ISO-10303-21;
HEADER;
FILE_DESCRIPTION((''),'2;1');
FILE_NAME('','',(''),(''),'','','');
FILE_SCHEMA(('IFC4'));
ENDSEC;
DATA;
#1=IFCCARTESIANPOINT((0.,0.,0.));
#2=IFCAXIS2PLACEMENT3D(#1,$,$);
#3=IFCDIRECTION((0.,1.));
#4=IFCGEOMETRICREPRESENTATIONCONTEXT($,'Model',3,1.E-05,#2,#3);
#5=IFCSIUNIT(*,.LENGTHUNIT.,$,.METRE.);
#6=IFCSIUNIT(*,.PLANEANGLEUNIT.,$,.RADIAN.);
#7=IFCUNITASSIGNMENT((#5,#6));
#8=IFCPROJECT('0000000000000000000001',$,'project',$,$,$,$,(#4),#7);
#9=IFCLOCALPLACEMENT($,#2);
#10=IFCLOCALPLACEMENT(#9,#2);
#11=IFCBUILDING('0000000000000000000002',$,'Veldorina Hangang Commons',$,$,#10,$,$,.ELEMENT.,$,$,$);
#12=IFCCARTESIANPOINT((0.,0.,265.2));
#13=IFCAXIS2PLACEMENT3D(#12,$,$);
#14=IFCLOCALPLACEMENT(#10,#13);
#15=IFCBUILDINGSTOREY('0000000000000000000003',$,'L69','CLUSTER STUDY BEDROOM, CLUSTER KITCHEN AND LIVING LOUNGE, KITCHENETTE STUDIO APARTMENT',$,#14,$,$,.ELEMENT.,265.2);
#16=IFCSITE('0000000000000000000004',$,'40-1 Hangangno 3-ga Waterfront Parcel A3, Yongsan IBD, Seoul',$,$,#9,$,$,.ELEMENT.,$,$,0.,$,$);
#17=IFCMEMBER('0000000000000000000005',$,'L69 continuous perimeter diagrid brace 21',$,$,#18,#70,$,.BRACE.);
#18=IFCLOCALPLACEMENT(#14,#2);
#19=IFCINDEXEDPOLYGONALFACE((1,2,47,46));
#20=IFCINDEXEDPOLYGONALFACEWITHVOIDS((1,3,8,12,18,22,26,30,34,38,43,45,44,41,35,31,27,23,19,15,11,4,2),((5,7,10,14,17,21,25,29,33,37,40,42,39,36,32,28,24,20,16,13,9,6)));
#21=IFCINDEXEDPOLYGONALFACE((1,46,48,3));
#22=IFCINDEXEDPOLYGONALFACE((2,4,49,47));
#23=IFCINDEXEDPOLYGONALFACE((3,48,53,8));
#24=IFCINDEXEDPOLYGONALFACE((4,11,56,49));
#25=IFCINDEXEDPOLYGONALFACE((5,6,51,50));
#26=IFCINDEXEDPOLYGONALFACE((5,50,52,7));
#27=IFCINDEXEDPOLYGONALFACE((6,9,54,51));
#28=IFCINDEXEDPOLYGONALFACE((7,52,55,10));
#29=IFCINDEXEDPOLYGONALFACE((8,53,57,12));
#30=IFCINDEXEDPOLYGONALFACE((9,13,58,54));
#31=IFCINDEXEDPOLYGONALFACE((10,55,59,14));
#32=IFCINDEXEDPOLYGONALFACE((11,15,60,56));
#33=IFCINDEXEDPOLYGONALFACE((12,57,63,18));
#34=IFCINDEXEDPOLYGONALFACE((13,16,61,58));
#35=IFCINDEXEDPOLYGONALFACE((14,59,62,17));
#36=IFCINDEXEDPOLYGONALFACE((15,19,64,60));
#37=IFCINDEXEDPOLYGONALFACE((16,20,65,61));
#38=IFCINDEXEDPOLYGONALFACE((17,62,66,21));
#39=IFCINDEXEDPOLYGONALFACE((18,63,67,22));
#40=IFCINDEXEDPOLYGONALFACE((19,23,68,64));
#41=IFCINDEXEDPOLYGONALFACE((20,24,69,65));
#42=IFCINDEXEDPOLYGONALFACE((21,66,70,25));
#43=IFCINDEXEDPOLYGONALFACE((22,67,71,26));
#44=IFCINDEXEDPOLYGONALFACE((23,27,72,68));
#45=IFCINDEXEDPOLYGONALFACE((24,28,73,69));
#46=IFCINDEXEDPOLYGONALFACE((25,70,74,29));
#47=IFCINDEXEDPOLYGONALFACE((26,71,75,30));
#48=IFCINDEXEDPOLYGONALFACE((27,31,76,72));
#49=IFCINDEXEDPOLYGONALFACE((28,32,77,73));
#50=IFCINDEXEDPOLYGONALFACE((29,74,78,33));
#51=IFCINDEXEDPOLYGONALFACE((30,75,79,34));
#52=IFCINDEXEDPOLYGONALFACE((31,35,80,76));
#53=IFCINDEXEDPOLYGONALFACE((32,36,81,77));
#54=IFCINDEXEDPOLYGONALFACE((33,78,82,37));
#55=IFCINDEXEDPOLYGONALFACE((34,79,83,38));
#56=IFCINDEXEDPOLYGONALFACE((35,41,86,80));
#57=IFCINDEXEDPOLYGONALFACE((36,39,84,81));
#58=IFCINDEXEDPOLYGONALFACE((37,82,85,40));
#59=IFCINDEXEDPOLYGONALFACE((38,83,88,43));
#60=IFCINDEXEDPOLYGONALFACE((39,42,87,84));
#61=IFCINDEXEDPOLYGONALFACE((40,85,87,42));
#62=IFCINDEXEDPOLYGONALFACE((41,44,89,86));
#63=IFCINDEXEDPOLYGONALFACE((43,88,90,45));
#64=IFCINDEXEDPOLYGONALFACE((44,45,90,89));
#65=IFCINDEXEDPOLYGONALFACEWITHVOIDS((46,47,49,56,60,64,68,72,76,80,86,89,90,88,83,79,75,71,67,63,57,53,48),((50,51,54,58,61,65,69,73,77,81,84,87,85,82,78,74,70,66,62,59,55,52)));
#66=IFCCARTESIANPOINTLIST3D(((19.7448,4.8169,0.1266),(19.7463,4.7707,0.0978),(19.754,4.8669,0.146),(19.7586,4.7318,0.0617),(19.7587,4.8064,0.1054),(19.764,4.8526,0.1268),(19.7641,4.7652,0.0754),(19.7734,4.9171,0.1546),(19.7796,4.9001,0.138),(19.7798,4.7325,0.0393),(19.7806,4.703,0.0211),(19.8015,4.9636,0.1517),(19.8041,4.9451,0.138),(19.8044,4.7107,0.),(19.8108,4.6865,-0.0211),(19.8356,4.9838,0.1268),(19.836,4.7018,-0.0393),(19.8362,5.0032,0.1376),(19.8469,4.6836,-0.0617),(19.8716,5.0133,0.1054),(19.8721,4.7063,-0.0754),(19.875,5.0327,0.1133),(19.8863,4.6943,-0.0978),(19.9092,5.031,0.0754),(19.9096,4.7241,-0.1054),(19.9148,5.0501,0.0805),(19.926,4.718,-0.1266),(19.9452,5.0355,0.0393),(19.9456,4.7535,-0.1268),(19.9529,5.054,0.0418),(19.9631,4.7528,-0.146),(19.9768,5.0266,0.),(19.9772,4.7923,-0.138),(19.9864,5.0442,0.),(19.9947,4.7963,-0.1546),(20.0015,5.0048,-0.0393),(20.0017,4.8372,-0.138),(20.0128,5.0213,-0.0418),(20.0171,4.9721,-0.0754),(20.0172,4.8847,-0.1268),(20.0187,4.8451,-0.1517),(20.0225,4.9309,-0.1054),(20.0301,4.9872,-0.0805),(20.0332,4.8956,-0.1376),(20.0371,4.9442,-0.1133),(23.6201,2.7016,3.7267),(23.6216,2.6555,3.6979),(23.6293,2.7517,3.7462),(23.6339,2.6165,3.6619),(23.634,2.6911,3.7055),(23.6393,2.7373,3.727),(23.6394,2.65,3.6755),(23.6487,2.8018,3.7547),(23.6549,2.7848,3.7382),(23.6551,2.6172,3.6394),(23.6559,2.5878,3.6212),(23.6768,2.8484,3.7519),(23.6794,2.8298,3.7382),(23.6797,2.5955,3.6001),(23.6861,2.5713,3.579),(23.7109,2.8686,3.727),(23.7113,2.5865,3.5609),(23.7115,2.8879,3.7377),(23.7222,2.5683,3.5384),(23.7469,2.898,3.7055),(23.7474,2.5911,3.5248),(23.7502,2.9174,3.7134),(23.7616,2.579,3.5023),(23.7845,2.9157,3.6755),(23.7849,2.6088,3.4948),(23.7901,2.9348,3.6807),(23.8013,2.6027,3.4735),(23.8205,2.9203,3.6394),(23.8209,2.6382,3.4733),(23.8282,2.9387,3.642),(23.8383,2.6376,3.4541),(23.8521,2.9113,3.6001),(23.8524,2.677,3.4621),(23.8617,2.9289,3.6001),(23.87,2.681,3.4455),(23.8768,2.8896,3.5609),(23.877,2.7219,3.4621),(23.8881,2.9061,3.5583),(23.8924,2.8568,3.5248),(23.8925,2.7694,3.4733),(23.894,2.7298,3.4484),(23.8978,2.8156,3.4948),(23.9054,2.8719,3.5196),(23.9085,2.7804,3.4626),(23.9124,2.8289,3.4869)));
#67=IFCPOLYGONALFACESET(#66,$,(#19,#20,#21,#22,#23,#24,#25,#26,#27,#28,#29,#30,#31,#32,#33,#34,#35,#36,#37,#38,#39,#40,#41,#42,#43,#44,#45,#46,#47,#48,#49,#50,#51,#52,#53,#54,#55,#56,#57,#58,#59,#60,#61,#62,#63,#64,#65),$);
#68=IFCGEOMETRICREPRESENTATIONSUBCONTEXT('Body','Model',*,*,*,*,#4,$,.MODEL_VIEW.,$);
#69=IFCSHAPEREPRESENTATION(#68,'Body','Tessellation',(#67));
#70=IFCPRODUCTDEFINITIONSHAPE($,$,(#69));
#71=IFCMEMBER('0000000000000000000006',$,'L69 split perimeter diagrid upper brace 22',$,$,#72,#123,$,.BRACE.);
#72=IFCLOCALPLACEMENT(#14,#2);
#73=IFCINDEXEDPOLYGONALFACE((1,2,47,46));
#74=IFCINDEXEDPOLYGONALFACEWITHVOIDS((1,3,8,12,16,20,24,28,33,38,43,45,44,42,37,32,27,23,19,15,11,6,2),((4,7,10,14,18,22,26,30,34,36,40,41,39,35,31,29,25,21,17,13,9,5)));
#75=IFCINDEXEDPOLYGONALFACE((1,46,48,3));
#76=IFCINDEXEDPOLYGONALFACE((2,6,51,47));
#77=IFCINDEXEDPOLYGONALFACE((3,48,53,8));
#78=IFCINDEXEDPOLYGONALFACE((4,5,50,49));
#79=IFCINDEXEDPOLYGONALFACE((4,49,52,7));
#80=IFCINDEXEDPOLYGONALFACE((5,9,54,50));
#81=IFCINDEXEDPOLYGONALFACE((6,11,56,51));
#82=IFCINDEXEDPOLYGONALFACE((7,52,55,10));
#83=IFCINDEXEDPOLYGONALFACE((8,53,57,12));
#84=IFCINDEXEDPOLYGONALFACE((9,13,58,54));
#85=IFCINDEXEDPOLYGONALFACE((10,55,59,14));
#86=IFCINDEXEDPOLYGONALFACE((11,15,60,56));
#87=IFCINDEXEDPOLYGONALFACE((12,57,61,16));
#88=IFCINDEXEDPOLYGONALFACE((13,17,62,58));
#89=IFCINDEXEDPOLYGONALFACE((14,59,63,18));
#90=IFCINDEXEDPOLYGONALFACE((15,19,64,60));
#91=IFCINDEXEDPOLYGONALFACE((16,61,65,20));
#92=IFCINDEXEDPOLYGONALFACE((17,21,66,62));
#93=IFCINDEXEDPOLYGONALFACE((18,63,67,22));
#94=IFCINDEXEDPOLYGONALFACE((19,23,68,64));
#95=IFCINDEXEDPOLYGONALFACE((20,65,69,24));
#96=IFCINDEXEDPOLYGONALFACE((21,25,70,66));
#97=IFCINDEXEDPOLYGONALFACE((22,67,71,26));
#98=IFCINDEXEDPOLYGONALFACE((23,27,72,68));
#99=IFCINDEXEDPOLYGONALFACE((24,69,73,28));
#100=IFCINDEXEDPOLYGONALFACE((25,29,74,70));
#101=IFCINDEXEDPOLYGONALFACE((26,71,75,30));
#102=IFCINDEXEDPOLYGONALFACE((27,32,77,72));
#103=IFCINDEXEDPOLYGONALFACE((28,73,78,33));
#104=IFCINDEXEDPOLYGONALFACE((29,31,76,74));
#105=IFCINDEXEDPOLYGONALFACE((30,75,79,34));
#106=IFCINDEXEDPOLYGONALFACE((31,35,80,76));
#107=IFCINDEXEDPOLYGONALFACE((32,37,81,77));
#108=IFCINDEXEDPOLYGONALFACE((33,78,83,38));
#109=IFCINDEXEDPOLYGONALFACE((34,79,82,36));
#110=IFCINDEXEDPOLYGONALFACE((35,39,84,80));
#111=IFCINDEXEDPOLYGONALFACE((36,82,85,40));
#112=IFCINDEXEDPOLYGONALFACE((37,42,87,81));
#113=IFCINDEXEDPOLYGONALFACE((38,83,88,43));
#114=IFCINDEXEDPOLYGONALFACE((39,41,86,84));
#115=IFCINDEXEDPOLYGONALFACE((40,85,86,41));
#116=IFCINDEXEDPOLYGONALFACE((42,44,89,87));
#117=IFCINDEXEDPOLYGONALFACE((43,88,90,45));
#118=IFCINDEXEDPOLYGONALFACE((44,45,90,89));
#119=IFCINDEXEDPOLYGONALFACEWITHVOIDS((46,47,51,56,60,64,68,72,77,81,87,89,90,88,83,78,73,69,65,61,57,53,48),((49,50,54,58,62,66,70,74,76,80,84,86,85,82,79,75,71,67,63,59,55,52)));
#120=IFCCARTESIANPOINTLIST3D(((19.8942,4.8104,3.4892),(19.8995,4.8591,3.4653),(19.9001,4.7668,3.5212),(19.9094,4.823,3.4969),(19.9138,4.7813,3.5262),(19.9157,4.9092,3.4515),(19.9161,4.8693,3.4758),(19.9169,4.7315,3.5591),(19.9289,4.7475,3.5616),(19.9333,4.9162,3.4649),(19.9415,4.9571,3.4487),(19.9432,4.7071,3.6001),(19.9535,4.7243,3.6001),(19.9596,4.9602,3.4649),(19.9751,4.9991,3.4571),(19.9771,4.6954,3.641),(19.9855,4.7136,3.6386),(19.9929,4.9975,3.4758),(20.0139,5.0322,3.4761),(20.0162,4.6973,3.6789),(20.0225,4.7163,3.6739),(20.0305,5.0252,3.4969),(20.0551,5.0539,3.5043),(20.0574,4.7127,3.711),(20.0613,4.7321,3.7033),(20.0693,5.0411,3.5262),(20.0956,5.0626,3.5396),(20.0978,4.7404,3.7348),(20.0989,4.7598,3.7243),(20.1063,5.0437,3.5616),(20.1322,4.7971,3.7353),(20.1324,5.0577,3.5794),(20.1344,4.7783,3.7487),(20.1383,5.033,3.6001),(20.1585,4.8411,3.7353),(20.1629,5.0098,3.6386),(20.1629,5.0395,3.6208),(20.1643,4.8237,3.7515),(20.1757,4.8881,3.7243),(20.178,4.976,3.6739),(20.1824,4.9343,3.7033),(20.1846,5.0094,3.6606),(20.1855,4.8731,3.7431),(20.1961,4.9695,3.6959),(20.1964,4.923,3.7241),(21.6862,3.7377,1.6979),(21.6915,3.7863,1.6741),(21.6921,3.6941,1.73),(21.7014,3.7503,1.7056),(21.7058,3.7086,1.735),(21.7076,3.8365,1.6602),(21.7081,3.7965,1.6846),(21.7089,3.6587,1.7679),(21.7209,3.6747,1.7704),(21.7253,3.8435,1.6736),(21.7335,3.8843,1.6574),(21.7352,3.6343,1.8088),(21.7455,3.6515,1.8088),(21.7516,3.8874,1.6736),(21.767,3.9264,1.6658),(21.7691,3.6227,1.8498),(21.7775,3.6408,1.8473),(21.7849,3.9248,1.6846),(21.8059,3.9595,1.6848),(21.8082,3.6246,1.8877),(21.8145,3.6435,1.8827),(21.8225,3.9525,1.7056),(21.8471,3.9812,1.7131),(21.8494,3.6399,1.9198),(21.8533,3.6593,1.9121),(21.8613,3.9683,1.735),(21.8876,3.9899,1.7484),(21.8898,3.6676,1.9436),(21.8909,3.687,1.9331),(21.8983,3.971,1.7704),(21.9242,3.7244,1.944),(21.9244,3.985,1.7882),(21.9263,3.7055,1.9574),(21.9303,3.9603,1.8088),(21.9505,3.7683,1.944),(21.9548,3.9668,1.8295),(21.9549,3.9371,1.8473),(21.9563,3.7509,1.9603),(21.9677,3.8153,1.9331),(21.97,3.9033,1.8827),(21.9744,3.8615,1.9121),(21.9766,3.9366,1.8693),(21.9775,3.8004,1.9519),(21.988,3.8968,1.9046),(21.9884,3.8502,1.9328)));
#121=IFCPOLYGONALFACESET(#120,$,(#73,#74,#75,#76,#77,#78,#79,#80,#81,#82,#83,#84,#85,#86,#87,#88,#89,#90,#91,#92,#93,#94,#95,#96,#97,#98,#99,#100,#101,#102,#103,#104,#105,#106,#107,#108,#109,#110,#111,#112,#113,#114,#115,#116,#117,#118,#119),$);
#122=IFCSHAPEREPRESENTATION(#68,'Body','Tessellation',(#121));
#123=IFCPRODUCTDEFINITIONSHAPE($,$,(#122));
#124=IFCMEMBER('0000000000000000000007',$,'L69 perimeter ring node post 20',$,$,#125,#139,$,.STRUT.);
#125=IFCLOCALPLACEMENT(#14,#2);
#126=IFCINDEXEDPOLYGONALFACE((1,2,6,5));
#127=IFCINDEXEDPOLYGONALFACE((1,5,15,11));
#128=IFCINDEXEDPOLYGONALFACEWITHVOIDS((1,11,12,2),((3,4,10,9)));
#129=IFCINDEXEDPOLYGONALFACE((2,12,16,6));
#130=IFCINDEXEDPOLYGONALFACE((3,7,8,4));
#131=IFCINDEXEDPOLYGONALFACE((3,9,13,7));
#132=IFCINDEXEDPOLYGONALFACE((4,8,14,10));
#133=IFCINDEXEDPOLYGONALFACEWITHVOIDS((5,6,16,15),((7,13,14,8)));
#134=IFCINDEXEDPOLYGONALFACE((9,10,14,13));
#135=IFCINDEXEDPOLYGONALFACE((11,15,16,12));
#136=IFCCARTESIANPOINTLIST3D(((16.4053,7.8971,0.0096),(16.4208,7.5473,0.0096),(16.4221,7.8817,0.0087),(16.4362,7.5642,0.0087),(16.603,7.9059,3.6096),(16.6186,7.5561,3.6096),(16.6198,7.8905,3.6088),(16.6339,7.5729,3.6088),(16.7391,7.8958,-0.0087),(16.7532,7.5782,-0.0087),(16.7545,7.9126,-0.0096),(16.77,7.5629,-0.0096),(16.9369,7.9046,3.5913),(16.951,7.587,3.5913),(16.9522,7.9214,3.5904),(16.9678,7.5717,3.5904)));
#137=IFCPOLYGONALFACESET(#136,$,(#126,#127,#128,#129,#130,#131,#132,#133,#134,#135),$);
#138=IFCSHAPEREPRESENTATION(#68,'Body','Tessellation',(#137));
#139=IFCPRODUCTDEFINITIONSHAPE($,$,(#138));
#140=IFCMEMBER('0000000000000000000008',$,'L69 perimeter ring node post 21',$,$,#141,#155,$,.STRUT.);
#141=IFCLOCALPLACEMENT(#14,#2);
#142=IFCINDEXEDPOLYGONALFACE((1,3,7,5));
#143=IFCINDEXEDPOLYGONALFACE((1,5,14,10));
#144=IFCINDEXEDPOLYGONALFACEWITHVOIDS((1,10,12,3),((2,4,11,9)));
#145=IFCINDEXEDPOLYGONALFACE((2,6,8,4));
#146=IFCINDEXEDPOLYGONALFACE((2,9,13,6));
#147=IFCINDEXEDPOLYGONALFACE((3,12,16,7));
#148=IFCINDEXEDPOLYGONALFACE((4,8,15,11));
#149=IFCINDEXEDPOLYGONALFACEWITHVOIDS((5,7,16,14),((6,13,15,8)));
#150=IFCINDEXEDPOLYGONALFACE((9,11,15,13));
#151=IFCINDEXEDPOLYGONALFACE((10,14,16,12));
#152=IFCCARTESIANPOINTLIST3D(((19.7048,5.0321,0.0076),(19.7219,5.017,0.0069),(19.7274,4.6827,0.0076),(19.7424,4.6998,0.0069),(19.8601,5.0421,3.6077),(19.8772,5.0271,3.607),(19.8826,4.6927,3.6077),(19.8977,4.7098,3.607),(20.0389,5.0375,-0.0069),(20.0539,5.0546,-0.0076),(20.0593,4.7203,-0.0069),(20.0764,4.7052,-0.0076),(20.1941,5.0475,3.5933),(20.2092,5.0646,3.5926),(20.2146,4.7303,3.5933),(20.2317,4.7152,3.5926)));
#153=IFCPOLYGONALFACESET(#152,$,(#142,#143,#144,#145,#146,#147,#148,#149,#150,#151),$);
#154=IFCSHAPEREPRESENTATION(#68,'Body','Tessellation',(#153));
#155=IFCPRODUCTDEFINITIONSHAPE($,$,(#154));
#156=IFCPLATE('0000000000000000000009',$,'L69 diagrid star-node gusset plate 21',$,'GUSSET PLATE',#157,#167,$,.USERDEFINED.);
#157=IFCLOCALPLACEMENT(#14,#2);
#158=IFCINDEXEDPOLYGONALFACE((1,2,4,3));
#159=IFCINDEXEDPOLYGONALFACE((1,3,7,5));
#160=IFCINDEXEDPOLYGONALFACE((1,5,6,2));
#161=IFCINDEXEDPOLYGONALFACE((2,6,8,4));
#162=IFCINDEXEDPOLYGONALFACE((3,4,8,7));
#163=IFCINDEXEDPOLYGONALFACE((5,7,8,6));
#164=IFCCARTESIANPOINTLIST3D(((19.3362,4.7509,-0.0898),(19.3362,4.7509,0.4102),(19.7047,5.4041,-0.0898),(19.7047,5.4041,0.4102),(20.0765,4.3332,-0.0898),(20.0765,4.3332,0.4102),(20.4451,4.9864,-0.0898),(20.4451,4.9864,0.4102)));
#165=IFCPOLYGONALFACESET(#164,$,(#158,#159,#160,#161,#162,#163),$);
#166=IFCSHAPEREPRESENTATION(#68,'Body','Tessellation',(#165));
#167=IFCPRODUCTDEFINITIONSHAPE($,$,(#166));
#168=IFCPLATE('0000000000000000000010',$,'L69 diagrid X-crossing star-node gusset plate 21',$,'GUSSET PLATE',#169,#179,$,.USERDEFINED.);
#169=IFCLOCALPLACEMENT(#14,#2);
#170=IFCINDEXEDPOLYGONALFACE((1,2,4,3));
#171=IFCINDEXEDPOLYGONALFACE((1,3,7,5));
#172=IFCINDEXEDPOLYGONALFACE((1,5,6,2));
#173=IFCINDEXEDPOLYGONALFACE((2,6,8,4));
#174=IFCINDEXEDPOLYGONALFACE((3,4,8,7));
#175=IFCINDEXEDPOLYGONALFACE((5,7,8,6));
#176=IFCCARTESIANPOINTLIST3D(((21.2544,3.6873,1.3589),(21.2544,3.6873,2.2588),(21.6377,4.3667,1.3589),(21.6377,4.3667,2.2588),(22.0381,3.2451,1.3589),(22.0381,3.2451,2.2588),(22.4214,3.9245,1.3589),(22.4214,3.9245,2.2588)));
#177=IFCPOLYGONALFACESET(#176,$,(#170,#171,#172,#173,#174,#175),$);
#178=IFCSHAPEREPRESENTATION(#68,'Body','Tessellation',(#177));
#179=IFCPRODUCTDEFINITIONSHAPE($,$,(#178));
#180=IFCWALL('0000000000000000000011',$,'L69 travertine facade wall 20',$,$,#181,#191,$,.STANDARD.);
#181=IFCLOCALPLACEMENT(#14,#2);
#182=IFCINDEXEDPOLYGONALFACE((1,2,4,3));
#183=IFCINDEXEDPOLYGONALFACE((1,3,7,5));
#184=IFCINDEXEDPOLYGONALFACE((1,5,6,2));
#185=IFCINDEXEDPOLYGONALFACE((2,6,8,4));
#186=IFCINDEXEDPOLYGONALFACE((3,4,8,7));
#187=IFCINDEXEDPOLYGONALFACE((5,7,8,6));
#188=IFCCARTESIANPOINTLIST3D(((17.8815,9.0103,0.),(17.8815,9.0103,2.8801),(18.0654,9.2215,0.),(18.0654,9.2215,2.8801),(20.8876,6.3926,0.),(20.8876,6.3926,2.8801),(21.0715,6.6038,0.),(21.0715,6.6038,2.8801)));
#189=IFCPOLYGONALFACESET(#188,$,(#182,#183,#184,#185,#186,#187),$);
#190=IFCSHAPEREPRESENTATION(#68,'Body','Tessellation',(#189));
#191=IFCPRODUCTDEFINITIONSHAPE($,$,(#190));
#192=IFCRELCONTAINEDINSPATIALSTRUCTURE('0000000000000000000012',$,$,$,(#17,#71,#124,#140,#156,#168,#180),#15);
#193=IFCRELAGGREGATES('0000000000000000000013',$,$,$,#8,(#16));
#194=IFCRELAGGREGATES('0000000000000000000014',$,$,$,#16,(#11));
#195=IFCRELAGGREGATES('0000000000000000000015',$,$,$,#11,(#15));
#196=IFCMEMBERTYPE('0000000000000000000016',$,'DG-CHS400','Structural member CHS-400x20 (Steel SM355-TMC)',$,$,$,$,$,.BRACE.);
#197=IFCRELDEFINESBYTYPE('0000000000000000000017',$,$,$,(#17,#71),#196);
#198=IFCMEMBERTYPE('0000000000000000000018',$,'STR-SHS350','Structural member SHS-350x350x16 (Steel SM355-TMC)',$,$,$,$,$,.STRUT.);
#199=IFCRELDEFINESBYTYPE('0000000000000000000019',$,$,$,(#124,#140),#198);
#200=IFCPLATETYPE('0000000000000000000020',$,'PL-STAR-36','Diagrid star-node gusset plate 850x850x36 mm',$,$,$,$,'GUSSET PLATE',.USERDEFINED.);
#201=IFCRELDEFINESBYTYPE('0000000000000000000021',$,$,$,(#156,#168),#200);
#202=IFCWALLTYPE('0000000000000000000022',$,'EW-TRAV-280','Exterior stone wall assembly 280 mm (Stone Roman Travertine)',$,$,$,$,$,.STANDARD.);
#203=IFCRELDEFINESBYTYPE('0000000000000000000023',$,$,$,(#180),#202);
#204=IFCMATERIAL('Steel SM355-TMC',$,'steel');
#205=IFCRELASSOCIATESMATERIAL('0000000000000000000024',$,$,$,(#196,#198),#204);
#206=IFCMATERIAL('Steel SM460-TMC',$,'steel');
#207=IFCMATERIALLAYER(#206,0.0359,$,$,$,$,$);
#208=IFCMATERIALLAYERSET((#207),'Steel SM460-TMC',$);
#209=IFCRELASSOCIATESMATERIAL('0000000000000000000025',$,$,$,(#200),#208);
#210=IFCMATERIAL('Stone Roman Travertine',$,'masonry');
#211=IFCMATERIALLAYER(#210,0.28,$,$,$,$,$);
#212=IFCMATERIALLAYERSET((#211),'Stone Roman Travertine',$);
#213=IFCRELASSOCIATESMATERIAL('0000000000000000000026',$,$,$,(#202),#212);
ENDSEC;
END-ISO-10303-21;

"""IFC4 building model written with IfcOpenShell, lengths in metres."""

from ifc_helpers import new_model, si_unit, direction, frame, frame_2d, origin, origin_2d, place, context, subcontext, project, spatial, rectangle, hollow_rectangle, hollow_circle, extrude, material, layer, layer_set, material_profile, profile_set, type_object, element, save


model = new_model("IFC4")

# Units and contexts
model_context = context("Model", 3, precision=1e-05, world=origin(), true_north=direction((0.0, 1.0)))
body_context = subcontext(model_context, "Body", "Model", "MODEL_VIEW")
ifc_project = project(units=[si_unit("LENGTHUNIT", "METRE"), si_unit("PLANEANGLEUNIT", "RADIAN")], contexts=[model_context])

# Site, building, storey
site_placement = place(None, origin())
site = spatial("IfcSite", under=ifc_project, at=site_placement, Name="40-1 Hangangno 3-ga Waterfront Parcel A3, Yongsan IBD, Seoul", CompositionType="ELEMENT", RefElevation=0.0)
building_placement = place(site_placement, origin())
building = spatial("IfcBuilding", under=site, at=building_placement, Name="Veldorina Hangang Commons", CompositionType="ELEMENT")
storey_placement = place(building_placement, frame((0.0, 0.0, 265.2)))
storey = spatial("IfcBuildingStorey", under=building, at=storey_placement, Name="L69", Description="CLUSTER STUDY BEDROOM, CLUSTER KITCHEN AND LIVING LOUNGE, KITCHENETTE STUDIO APARTMENT", CompositionType="ELEMENT", Elevation=265.2)

# Shared definitions
ifc_material_1 = material(Name="Steel SM355-TMC", Category="steel")

# Members
ifc_material_profile_1 = material_profile(ifc_material_1, hollow_circle(Radius=0.2, WallThickness=0.02, at=origin_2d()), Name="CHS-400x20")
ifc_profile_set_1 = profile_set([ifc_material_profile_1], Name="Steel SM355-TMC")
member_type_1 = type_object("IfcMemberType", Name="DG-CHS400", Description="Structural member CHS-400x20 (Steel SM355-TMC)", PredefinedType="BRACE", material=ifc_profile_set_1)
member_1_placement = place(storey_placement, frame((19.8906, 4.8687, 0.0), z_axis=(0.680261, -0.371308, 0.631962), x_axis=(0.479108, 0.877756, 0.0)))
element("IfcMember", 1, at=member_1_placement, inside=storey, type_object=member_type_1, Name="L69 continuous perimeter diagrid brace 21", PredefinedType="BRACE", context=body_context, shape_type="SweptSolid", body=[
    extrude(hollow_circle(Radius=0.2, WallThickness=0.02, at=origin_2d()), origin(), (0.0, 0.0, 1.0), 5.6968),
])
member_2_placement = place(storey_placement, frame((21.8379, 3.8059, 1.8088), z_axis=(-0.651283, 0.389882, 0.651017), x_axis=(-0.513636, -0.858008, 0.0)))
element("IfcMember", 2, at=member_2_placement, inside=storey, type_object=member_type_1, Name="L69 split perimeter diagrid upper brace 22", PredefinedType="BRACE", context=body_context, shape_type="SweptSolid", body=[
    extrude(hollow_circle(Radius=0.2, WallThickness=0.02, at=origin_2d()), origin(), (0.0, 0.0, 1.0), 2.7515),
])
ifc_material_profile_2 = material_profile(ifc_material_1, hollow_rectangle(XDim=0.3501, YDim=0.3501, WallThickness=0.0161, at=origin_2d()), Name="SHS-350x350x16")
ifc_profile_set_2 = profile_set([ifc_material_profile_2], Name="Steel SM355-TMC")
member_type_2 = type_object("IfcMemberType", Name="STR-SHS350", Description="Structural member SHS-350x350x16 (Steel SM355-TMC)", PredefinedType="STRUT", material=ifc_profile_set_2)
member_3_placement = place(storey_placement, frame((16.5876, 7.73, 0.0), z_axis=(0.054847, 0.002438, 0.998492), x_axis=(-0.044401, 0.999014, 0.0)))
element("IfcMember", 3, at=member_3_placement, inside=storey, type_object=member_type_2, Name="L69 perimeter ring node post 20", PredefinedType="STRUT", context=body_context, shape_type="SweptSolid", body=[
    extrude(hollow_rectangle(XDim=0.3501, YDim=0.3501, WallThickness=0.0161, at=origin_2d()), origin(), (0.0, 0.0, 1.0), 3.6055),
])
member_4_placement = place(storey_placement, frame((19.8906, 4.8687, 0.0), z_axis=(0.04309, 0.002778, 0.999067), x_axis=(-0.064332, 0.997929, 0.0)))
element("IfcMember", 4, at=member_4_placement, inside=storey, type_object=member_type_2, Name="L69 perimeter ring node post 21", PredefinedType="STRUT", context=body_context, shape_type="SweptSolid", body=[
    extrude(hollow_rectangle(XDim=0.3501, YDim=0.3501, WallThickness=0.0161, at=origin_2d()), origin(), (0.0, 0.0, 1.0), 3.6035),
])

# Plates
ifc_material_2 = material(Name="Steel SM460-TMC", Category="steel")
ifc_layer_1 = layer(ifc_material_2, 0.0359)
ifc_layer_set_1 = layer_set([ifc_layer_1], Name="Steel SM460-TMC")
plate_type = type_object("IfcPlateType", Name="PL-STAR-36", Description="Diagrid star-node gusset plate 850x850x36 mm", ElementType="GUSSET PLATE", PredefinedType="USERDEFINED", material=ifc_layer_set_1)
plate_1_placement = place(storey_placement, frame((19.8906, 4.8687, -0.0898), z_axis=(0.0, 0.0, 1.0), x_axis=(0.870931, -0.491405, 0.0)))
element("IfcPlate", 5, at=plate_1_placement, inside=storey, type_object=plate_type, Name="L69 diagrid star-node gusset plate 21", ObjectType="GUSSET PLATE", PredefinedType="USERDEFINED", context=body_context, shape_type="SweptSolid", body=[
    extrude(rectangle(XDim=0.8501, YDim=0.75, at=origin_2d()), origin(), (0.0, 0.0, 1.0), 0.5),
])
plate_2_placement = place(storey_placement, frame((21.8379, 3.8059, 1.3589), z_axis=(0.0, 0.0, 1.0), x_axis=(0.870931, -0.491405, 0.0)))
element("IfcPlate", 6, at=plate_2_placement, inside=storey, type_object=plate_type, Name="L69 diagrid X-crossing star-node gusset plate 21", ObjectType="GUSSET PLATE", PredefinedType="USERDEFINED", context=body_context, shape_type="SweptSolid", body=[
    extrude(rectangle(XDim=0.8999, YDim=0.78, at=origin_2d()), origin(), (0.0, 0.0, 1.0), 0.8999),
])

# Wall
ifc_material_3 = material(Name="Stone Roman Travertine", Category="masonry")
ifc_layer_2 = layer(ifc_material_3, 0.28)
ifc_layer_set_2 = layer_set([ifc_layer_2], Name="Stone Roman Travertine")
wall_type_1 = type_object("IfcWallType", Name="EW-TRAV-280", Description="Exterior stone wall assembly 280 mm (Stone Roman Travertine)", PredefinedType="STANDARD", material=ifc_layer_set_2)
wall_1_placement = place(storey_placement, frame((17.9734, 9.116, 0.0), z_axis=(0.0, 0.0, 1.0), x_axis=(0.754149, -0.656703, 0.0)))
element("IfcWall", 7, at=wall_1_placement, inside=storey, type_object=wall_type_1, Name="L69 travertine facade wall 20", PredefinedType="STANDARD", context=body_context, shape_type="SweptSolid", body=[
    extrude(rectangle(XDim=3.9861, YDim=0.28, at=frame_2d((1.9932, 0.0))), origin(), (0.0, 0.0, 1.0), 2.8801),
])

save(model, "model.ifc")
